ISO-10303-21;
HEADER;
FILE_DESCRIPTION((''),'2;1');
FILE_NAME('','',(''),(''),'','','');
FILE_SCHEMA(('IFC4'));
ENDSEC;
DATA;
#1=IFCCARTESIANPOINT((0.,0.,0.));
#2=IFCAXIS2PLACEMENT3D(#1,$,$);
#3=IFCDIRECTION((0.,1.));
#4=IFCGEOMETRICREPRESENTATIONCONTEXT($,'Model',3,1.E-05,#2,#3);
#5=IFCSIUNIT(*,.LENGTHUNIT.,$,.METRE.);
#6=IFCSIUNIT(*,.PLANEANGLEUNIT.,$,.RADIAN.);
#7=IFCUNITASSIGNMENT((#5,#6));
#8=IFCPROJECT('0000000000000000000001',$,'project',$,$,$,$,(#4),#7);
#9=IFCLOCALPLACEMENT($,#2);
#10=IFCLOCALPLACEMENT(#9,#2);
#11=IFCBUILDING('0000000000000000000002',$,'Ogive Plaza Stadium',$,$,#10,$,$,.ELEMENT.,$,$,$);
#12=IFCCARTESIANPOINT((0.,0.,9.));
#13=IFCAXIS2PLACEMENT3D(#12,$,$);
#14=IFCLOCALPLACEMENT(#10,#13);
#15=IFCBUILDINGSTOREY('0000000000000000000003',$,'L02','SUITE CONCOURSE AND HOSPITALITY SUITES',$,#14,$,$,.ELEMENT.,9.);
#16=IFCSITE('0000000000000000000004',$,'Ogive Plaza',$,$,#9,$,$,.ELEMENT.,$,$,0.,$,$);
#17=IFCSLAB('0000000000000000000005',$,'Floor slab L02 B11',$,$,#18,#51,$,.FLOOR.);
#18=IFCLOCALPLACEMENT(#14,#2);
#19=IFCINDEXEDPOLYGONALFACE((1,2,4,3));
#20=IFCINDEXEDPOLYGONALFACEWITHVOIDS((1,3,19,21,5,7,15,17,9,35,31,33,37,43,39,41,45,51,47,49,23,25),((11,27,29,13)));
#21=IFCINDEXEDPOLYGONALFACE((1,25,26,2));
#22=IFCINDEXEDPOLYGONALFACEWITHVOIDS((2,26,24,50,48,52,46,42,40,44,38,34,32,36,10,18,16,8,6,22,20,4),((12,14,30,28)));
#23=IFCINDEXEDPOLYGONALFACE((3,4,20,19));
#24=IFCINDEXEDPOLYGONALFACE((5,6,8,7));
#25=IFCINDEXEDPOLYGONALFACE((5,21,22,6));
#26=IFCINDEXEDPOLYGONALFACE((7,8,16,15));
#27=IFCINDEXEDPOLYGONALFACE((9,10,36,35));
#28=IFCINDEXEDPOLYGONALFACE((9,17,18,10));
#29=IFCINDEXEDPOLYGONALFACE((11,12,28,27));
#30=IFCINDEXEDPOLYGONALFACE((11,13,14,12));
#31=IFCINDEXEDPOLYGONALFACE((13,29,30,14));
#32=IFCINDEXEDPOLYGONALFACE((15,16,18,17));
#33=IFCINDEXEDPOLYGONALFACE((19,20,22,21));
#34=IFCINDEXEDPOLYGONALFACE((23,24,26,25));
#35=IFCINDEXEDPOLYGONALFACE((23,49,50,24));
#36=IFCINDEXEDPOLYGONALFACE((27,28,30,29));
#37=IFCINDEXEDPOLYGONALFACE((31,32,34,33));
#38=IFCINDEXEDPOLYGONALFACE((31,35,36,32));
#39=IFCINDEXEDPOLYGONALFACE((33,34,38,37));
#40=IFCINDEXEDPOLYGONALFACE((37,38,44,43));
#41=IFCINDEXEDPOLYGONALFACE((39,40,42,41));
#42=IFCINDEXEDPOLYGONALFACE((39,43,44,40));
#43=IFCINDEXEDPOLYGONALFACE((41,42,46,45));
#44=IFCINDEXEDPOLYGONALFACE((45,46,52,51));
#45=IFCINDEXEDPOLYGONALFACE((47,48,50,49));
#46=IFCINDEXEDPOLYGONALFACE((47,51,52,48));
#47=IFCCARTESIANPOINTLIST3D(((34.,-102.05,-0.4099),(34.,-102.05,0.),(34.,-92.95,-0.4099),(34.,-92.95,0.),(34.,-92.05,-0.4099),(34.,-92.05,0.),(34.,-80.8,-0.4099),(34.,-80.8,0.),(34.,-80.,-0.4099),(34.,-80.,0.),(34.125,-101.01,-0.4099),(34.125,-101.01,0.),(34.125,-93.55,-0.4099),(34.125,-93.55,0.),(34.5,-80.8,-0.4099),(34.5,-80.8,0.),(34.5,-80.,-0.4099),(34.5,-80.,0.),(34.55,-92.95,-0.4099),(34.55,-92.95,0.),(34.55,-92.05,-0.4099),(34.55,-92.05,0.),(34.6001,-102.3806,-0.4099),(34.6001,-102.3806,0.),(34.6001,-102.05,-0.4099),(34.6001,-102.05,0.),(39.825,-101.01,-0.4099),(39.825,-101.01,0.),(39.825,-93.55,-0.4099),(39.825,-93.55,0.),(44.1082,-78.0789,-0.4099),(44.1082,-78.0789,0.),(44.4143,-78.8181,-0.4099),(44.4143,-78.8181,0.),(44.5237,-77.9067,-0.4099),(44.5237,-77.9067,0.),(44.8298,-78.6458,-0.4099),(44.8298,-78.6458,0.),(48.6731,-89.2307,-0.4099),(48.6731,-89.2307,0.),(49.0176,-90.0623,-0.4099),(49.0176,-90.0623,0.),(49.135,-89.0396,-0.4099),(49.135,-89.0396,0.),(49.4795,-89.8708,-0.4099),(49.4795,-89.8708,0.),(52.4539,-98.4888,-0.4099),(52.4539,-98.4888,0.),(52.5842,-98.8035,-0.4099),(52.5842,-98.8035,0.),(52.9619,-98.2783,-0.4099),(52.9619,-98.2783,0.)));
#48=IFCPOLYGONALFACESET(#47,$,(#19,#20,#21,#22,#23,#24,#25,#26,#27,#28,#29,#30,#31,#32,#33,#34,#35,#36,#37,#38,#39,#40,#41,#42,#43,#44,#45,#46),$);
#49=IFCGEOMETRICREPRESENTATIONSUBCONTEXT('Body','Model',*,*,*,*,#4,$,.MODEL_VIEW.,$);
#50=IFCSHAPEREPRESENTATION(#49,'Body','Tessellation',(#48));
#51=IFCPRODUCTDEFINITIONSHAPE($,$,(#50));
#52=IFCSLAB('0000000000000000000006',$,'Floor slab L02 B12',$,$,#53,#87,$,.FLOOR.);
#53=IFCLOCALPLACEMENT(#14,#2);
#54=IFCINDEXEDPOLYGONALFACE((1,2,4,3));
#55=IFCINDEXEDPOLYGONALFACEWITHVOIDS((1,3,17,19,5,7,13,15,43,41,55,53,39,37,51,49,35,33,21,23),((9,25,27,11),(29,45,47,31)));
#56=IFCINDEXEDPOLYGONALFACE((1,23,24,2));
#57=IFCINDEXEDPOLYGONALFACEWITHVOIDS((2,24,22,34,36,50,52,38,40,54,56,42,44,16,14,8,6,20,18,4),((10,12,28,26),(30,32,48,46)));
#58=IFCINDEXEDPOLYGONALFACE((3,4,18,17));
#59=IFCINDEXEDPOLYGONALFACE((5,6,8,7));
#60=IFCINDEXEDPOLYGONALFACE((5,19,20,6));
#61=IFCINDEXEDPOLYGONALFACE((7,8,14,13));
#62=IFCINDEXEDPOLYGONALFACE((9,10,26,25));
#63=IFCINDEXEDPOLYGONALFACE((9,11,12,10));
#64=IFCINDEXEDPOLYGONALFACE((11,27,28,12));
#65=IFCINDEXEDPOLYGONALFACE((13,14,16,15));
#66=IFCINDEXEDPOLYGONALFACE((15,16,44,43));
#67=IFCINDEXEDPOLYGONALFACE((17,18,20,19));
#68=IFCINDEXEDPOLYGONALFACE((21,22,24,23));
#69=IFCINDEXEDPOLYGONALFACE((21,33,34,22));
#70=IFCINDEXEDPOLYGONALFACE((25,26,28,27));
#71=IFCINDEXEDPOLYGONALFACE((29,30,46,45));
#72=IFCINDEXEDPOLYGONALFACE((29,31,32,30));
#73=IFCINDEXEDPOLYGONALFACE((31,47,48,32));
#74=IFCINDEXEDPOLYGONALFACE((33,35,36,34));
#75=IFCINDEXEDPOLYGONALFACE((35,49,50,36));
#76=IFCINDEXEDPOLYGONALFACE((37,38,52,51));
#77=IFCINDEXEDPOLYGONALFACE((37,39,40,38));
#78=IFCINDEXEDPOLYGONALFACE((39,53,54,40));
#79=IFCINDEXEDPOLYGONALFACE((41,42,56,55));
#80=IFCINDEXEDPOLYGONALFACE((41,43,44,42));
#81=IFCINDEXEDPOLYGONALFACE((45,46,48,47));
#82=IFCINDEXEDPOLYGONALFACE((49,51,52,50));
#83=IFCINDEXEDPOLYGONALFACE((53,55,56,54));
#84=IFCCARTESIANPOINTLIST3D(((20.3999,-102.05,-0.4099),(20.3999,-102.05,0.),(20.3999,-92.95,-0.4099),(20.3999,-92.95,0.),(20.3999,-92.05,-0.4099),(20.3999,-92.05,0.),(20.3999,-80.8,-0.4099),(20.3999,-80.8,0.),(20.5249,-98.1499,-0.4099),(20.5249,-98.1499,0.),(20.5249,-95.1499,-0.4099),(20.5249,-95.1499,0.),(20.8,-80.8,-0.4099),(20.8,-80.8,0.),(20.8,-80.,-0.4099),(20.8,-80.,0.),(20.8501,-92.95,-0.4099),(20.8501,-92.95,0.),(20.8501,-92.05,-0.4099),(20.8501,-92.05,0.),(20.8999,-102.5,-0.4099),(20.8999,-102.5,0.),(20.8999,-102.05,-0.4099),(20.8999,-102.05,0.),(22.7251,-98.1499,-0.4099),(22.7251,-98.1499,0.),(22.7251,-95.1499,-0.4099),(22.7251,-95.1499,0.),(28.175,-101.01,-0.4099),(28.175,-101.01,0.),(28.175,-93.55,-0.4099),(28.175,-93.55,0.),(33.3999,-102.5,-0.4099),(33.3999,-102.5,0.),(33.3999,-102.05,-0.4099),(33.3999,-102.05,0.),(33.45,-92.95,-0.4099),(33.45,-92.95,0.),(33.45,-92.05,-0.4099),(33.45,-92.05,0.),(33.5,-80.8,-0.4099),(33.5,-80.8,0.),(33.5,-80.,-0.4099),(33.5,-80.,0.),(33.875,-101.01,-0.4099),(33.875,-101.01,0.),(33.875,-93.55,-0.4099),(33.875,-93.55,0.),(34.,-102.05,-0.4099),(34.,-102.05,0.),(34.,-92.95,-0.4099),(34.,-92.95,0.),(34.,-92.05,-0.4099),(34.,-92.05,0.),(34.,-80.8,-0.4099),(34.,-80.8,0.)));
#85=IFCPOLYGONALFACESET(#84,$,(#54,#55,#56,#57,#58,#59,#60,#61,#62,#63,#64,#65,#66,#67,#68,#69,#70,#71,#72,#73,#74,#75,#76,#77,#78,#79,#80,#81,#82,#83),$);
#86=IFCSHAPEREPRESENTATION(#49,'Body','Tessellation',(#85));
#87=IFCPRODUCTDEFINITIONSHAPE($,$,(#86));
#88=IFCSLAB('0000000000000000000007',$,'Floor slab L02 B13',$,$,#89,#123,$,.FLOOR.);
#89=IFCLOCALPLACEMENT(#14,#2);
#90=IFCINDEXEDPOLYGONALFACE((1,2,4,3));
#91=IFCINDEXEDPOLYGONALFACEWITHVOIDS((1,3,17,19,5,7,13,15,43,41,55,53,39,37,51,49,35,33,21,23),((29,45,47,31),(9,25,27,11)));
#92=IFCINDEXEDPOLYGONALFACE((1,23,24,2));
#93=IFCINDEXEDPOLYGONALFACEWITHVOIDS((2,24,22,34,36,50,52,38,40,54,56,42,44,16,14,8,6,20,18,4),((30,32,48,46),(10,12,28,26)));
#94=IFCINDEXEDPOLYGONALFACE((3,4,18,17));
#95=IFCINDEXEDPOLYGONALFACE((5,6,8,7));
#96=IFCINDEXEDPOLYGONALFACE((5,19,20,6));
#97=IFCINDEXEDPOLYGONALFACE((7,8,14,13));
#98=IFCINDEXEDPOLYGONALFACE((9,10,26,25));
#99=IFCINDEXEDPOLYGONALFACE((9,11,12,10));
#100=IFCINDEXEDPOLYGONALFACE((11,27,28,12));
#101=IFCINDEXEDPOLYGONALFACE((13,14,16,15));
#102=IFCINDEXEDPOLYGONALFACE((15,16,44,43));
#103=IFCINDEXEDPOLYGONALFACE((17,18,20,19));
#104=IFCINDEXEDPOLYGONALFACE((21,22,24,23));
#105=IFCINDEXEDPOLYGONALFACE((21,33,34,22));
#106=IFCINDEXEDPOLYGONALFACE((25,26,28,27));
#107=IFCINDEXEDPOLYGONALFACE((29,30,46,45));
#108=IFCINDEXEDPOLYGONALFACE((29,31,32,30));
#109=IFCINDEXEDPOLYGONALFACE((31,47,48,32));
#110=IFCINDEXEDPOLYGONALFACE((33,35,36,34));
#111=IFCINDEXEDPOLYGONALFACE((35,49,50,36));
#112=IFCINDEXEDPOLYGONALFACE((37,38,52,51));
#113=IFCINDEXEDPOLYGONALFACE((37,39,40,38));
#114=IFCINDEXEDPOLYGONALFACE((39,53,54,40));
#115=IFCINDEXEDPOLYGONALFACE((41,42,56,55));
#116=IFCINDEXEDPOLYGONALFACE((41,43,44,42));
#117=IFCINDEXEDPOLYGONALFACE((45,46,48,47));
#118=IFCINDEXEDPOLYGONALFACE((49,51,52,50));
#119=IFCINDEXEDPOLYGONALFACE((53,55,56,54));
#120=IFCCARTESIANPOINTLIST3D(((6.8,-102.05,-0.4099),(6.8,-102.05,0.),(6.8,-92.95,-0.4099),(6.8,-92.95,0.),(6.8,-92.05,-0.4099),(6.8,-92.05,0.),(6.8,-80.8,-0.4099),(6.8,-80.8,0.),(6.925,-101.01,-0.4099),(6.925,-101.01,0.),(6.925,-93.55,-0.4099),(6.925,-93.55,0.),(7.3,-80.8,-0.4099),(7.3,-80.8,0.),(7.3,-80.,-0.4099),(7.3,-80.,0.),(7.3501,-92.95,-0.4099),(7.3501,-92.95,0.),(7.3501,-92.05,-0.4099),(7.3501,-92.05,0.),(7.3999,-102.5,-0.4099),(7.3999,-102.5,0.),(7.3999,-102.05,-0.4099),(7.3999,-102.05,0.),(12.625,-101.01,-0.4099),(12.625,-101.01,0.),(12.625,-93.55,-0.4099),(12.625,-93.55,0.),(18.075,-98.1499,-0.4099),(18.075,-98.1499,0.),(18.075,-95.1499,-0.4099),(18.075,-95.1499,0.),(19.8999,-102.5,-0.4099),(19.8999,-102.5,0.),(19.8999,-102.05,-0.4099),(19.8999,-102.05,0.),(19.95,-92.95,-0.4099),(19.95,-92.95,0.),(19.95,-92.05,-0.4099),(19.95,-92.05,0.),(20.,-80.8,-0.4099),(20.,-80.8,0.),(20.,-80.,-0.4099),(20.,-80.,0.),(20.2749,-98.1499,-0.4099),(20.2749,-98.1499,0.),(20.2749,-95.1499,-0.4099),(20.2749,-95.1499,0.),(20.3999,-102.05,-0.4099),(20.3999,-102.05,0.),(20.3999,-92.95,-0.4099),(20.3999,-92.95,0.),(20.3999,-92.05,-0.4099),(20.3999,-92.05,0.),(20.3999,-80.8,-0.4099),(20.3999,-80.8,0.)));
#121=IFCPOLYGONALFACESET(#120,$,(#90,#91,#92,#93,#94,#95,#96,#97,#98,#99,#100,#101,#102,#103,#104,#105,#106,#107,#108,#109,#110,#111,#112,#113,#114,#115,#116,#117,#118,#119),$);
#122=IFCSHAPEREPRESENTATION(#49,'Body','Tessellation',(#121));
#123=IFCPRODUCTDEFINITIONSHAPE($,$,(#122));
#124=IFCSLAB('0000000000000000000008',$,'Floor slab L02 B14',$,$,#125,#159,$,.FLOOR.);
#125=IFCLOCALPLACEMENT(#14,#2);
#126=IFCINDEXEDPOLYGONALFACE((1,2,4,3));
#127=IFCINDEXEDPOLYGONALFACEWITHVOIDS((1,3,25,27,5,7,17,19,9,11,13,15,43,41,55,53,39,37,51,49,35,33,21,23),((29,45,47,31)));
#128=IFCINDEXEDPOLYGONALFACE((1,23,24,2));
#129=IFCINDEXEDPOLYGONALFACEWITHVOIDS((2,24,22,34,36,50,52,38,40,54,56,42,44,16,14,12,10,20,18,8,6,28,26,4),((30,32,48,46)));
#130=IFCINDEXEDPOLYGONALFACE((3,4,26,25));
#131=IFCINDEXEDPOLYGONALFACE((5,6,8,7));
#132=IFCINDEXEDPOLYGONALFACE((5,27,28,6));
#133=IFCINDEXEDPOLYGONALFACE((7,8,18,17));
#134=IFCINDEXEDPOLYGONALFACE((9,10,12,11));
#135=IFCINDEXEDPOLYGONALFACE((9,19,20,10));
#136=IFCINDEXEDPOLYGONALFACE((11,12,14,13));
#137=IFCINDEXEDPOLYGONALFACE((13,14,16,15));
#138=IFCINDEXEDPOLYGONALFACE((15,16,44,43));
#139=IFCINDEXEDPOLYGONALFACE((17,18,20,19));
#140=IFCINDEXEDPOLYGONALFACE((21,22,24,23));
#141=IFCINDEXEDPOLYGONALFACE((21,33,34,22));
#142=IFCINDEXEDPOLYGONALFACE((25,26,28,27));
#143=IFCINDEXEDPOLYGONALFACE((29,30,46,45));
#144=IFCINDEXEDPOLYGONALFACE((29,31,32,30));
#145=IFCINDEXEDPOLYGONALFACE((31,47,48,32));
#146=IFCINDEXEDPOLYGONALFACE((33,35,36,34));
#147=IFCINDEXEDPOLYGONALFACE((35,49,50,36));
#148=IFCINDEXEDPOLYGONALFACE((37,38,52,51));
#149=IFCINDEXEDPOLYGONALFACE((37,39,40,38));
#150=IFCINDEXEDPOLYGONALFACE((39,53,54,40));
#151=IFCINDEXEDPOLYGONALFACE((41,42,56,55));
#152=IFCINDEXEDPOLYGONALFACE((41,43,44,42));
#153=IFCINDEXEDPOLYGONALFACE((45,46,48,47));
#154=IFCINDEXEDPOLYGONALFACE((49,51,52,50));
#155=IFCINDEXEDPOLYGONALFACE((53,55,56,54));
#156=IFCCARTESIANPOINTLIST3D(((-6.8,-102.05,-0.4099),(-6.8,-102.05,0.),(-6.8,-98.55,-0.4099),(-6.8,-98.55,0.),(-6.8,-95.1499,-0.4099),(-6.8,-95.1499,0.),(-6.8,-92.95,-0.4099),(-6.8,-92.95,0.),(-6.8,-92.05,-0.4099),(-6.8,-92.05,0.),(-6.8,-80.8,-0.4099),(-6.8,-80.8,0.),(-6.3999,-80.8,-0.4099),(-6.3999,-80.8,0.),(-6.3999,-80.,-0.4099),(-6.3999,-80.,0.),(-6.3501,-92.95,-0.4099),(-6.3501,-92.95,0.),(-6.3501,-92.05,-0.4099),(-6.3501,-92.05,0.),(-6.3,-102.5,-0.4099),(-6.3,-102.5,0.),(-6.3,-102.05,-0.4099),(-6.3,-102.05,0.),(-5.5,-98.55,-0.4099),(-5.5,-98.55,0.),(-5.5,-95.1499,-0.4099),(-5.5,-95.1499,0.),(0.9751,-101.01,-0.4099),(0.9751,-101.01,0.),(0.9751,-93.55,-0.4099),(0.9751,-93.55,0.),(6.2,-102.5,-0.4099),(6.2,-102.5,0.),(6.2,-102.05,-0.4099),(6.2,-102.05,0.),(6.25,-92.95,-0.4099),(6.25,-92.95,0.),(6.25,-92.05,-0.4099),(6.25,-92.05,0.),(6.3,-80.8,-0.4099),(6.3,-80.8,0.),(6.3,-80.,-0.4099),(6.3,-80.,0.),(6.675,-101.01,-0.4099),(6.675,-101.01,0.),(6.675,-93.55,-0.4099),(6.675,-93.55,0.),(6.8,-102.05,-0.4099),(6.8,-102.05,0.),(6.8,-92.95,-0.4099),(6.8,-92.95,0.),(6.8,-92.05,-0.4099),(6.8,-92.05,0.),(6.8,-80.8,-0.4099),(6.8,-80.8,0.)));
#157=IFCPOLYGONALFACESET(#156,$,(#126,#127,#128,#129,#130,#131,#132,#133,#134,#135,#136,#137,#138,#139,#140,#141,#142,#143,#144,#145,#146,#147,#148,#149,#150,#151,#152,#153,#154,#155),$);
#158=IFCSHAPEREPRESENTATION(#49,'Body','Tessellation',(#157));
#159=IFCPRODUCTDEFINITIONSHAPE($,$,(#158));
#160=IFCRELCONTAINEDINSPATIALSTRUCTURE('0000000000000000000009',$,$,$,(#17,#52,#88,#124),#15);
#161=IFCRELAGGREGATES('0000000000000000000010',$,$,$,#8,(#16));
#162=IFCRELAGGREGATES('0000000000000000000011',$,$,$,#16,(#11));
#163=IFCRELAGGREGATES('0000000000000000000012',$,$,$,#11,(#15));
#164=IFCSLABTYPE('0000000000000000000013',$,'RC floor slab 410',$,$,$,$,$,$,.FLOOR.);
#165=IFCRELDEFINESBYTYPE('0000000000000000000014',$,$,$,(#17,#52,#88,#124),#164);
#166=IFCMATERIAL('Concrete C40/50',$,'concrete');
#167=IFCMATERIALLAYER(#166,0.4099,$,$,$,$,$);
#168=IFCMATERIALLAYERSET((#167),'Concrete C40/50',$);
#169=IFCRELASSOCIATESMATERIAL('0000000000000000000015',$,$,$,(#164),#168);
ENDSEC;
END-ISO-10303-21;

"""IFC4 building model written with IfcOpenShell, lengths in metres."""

from ifc_helpers import new_model, si_unit, direction, frame, origin, place, context, subcontext, project, spatial, polyline, outline, extrude, material, layer, layer_set, type_object, element, save


model = new_model("IFC4")

# Units and contexts
model_context = context("Model", 3, precision=1e-05, world=origin(), true_north=direction((0.0, 1.0)))
body_context = subcontext(model_context, "Body", "Model", "MODEL_VIEW")
ifc_project = project(units=[si_unit("LENGTHUNIT", "METRE"), si_unit("PLANEANGLEUNIT", "RADIAN")], contexts=[model_context])

# Site, building, storey
site_placement = place(None, origin())
site = spatial("IfcSite", under=ifc_project, at=site_placement, Name="Ogive Plaza", CompositionType="ELEMENT", RefElevation=0.0)
building_placement = place(site_placement, origin())
building = spatial("IfcBuilding", under=site, at=building_placement, Name="Ogive Plaza Stadium", CompositionType="ELEMENT")
storey_placement = place(building_placement, frame((0.0, 0.0, 9.0)))
storey = spatial("IfcBuildingStorey", under=building, at=storey_placement, Name="L02", Description="SUITE CONCOURSE AND HOSPITALITY SUITES", CompositionType="ELEMENT", Elevation=9.0)

# Slabs
ifc_material = material(Name="Concrete C40/50", Category="concrete")
ifc_layer = layer(ifc_material, 0.4099)
ifc_layer_set = layer_set([ifc_layer], Name="Concrete C40/50")
slab_type = type_object("IfcSlabType", Name="RC floor slab 410", PredefinedType="FLOOR", material=ifc_layer_set)
slab_1_placement = place(storey_placement, frame((0.0, 0.0, -0.4099)))
element("IfcSlab", 1, at=slab_1_placement, inside=storey, type_object=slab_type, Name="Floor slab L02 B11", PredefinedType="FLOOR", context=body_context, shape_type="SweptSolid", body=[
    extrude(outline(polyline([(34.0, -92.05), (34.55, -92.05), (34.55, -92.95), (34.0, -92.95), (34.0, -102.05), (34.6001, -102.05), (34.6001, -102.3806), (52.5842, -98.8035), (52.4539, -98.4888), (52.9619, -98.2783), (49.4795, -89.8708), (49.0176, -90.0623), (48.6731, -89.2307), (49.135, -89.0396), (44.8298, -78.6458), (44.4143, -78.8181), (44.1082, -78.0789), (44.5237, -77.9067), (34.0, -80.0), (34.5, -80.0), (34.5, -80.8), (34.0, -80.8), (34.0, -92.05)]), holes=[polyline([(39.825, -93.55), (34.125, -93.55), (34.125, -101.01), (39.825, -101.01), (39.825, -93.55)])]), origin(), (0.0, 0.0, 1.0), 0.4099),
])
slab_2_placement = place(storey_placement, frame((0.0, 0.0, -0.4099)))
element("IfcSlab", 2, at=slab_2_placement, inside=storey, type_object=slab_type, Name="Floor slab L02 B12", PredefinedType="FLOOR", context=body_context, shape_type="SweptSolid", body=[
    extrude(outline(polyline([(20.3999, -92.05), (20.8501, -92.05), (20.8501, -92.95), (20.3999, -92.95), (20.3999, -102.05), (20.8999, -102.05), (20.8999, -102.5), (33.3999, -102.5), (33.3999, -102.05), (34.0, -102.05), (34.0, -92.95), (33.45, -92.95), (33.45, -92.05), (34.0, -92.05), (34.0, -80.8), (33.5, -80.8), (33.5, -80.0), (20.8, -80.0), (20.8, -80.8), (20.3999, -80.8), (20.3999, -92.05)]), holes=[polyline([(33.875, -93.55), (28.175, -93.55), (28.175, -101.01), (33.875, -101.01), (33.875, -93.55)]), polyline([(22.7251, -95.1499), (20.5249, -95.1499), (20.5249, -98.1499), (22.7251, -98.1499), (22.7251, -95.1499)])]), origin(), (0.0, 0.0, 1.0), 0.4099),
])
slab_3_placement = place(storey_placement, frame((0.0, 0.0, -0.4099)))
element("IfcSlab", 3, at=slab_3_placement, inside=storey, type_object=slab_type, Name="Floor slab L02 B13", PredefinedType="FLOOR", context=body_context, shape_type="SweptSolid", body=[
    extrude(outline(polyline([(6.8, -92.05), (7.3501, -92.05), (7.3501, -92.95), (6.8, -92.95), (6.8, -102.05), (7.3999, -102.05), (7.3999, -102.5), (19.8999, -102.5), (19.8999, -102.05), (20.3999, -102.05), (20.3999, -92.95), (19.95, -92.95), (19.95, -92.05), (20.3999, -92.05), (20.3999, -80.8), (20.0, -80.8), (20.0, -80.0), (7.3, -80.0), (7.3, -80.8), (6.8, -80.8), (6.8, -92.05)]), holes=[polyline([(12.625, -93.55), (6.925, -93.55), (6.925, -101.01), (12.625, -101.01), (12.625, -93.55)]), polyline([(20.2749, -95.1499), (18.075, -95.1499), (18.075, -98.1499), (20.2749, -98.1499), (20.2749, -95.1499)])]), origin(), (0.0, 0.0, 1.0), 0.4099),
])
slab_4_placement = place(storey_placement, frame((0.0, 0.0, -0.4099)))
element("IfcSlab", 4, at=slab_4_placement, inside=storey, type_object=slab_type, Name="Floor slab L02 B14", PredefinedType="FLOOR", context=body_context, shape_type="SweptSolid", body=[
    extrude(outline(polyline([(-6.8, -92.05), (-6.3501, -92.05), (-6.3501, -92.95), (-6.8, -92.95), (-6.8, -95.1499), (-5.5, -95.1499), (-5.5, -98.55), (-6.8, -98.55), (-6.8, -102.05), (-6.3, -102.05), (-6.3, -102.5), (6.2, -102.5), (6.2, -102.05), (6.8, -102.05), (6.8, -92.95), (6.25, -92.95), (6.25, -92.05), (6.8, -92.05), (6.8, -80.8), (6.3, -80.8), (6.3, -80.0), (-6.3999, -80.0), (-6.3999, -80.8), (-6.8, -80.8), (-6.8, -92.05)]), holes=[polyline([(6.675, -93.55), (0.9751, -93.55), (0.9751, -101.01), (6.675, -101.01), (6.675, -93.55)])]), origin(), (0.0, 0.0, 1.0), 0.4099),
])

save(model, "model.ifc")
